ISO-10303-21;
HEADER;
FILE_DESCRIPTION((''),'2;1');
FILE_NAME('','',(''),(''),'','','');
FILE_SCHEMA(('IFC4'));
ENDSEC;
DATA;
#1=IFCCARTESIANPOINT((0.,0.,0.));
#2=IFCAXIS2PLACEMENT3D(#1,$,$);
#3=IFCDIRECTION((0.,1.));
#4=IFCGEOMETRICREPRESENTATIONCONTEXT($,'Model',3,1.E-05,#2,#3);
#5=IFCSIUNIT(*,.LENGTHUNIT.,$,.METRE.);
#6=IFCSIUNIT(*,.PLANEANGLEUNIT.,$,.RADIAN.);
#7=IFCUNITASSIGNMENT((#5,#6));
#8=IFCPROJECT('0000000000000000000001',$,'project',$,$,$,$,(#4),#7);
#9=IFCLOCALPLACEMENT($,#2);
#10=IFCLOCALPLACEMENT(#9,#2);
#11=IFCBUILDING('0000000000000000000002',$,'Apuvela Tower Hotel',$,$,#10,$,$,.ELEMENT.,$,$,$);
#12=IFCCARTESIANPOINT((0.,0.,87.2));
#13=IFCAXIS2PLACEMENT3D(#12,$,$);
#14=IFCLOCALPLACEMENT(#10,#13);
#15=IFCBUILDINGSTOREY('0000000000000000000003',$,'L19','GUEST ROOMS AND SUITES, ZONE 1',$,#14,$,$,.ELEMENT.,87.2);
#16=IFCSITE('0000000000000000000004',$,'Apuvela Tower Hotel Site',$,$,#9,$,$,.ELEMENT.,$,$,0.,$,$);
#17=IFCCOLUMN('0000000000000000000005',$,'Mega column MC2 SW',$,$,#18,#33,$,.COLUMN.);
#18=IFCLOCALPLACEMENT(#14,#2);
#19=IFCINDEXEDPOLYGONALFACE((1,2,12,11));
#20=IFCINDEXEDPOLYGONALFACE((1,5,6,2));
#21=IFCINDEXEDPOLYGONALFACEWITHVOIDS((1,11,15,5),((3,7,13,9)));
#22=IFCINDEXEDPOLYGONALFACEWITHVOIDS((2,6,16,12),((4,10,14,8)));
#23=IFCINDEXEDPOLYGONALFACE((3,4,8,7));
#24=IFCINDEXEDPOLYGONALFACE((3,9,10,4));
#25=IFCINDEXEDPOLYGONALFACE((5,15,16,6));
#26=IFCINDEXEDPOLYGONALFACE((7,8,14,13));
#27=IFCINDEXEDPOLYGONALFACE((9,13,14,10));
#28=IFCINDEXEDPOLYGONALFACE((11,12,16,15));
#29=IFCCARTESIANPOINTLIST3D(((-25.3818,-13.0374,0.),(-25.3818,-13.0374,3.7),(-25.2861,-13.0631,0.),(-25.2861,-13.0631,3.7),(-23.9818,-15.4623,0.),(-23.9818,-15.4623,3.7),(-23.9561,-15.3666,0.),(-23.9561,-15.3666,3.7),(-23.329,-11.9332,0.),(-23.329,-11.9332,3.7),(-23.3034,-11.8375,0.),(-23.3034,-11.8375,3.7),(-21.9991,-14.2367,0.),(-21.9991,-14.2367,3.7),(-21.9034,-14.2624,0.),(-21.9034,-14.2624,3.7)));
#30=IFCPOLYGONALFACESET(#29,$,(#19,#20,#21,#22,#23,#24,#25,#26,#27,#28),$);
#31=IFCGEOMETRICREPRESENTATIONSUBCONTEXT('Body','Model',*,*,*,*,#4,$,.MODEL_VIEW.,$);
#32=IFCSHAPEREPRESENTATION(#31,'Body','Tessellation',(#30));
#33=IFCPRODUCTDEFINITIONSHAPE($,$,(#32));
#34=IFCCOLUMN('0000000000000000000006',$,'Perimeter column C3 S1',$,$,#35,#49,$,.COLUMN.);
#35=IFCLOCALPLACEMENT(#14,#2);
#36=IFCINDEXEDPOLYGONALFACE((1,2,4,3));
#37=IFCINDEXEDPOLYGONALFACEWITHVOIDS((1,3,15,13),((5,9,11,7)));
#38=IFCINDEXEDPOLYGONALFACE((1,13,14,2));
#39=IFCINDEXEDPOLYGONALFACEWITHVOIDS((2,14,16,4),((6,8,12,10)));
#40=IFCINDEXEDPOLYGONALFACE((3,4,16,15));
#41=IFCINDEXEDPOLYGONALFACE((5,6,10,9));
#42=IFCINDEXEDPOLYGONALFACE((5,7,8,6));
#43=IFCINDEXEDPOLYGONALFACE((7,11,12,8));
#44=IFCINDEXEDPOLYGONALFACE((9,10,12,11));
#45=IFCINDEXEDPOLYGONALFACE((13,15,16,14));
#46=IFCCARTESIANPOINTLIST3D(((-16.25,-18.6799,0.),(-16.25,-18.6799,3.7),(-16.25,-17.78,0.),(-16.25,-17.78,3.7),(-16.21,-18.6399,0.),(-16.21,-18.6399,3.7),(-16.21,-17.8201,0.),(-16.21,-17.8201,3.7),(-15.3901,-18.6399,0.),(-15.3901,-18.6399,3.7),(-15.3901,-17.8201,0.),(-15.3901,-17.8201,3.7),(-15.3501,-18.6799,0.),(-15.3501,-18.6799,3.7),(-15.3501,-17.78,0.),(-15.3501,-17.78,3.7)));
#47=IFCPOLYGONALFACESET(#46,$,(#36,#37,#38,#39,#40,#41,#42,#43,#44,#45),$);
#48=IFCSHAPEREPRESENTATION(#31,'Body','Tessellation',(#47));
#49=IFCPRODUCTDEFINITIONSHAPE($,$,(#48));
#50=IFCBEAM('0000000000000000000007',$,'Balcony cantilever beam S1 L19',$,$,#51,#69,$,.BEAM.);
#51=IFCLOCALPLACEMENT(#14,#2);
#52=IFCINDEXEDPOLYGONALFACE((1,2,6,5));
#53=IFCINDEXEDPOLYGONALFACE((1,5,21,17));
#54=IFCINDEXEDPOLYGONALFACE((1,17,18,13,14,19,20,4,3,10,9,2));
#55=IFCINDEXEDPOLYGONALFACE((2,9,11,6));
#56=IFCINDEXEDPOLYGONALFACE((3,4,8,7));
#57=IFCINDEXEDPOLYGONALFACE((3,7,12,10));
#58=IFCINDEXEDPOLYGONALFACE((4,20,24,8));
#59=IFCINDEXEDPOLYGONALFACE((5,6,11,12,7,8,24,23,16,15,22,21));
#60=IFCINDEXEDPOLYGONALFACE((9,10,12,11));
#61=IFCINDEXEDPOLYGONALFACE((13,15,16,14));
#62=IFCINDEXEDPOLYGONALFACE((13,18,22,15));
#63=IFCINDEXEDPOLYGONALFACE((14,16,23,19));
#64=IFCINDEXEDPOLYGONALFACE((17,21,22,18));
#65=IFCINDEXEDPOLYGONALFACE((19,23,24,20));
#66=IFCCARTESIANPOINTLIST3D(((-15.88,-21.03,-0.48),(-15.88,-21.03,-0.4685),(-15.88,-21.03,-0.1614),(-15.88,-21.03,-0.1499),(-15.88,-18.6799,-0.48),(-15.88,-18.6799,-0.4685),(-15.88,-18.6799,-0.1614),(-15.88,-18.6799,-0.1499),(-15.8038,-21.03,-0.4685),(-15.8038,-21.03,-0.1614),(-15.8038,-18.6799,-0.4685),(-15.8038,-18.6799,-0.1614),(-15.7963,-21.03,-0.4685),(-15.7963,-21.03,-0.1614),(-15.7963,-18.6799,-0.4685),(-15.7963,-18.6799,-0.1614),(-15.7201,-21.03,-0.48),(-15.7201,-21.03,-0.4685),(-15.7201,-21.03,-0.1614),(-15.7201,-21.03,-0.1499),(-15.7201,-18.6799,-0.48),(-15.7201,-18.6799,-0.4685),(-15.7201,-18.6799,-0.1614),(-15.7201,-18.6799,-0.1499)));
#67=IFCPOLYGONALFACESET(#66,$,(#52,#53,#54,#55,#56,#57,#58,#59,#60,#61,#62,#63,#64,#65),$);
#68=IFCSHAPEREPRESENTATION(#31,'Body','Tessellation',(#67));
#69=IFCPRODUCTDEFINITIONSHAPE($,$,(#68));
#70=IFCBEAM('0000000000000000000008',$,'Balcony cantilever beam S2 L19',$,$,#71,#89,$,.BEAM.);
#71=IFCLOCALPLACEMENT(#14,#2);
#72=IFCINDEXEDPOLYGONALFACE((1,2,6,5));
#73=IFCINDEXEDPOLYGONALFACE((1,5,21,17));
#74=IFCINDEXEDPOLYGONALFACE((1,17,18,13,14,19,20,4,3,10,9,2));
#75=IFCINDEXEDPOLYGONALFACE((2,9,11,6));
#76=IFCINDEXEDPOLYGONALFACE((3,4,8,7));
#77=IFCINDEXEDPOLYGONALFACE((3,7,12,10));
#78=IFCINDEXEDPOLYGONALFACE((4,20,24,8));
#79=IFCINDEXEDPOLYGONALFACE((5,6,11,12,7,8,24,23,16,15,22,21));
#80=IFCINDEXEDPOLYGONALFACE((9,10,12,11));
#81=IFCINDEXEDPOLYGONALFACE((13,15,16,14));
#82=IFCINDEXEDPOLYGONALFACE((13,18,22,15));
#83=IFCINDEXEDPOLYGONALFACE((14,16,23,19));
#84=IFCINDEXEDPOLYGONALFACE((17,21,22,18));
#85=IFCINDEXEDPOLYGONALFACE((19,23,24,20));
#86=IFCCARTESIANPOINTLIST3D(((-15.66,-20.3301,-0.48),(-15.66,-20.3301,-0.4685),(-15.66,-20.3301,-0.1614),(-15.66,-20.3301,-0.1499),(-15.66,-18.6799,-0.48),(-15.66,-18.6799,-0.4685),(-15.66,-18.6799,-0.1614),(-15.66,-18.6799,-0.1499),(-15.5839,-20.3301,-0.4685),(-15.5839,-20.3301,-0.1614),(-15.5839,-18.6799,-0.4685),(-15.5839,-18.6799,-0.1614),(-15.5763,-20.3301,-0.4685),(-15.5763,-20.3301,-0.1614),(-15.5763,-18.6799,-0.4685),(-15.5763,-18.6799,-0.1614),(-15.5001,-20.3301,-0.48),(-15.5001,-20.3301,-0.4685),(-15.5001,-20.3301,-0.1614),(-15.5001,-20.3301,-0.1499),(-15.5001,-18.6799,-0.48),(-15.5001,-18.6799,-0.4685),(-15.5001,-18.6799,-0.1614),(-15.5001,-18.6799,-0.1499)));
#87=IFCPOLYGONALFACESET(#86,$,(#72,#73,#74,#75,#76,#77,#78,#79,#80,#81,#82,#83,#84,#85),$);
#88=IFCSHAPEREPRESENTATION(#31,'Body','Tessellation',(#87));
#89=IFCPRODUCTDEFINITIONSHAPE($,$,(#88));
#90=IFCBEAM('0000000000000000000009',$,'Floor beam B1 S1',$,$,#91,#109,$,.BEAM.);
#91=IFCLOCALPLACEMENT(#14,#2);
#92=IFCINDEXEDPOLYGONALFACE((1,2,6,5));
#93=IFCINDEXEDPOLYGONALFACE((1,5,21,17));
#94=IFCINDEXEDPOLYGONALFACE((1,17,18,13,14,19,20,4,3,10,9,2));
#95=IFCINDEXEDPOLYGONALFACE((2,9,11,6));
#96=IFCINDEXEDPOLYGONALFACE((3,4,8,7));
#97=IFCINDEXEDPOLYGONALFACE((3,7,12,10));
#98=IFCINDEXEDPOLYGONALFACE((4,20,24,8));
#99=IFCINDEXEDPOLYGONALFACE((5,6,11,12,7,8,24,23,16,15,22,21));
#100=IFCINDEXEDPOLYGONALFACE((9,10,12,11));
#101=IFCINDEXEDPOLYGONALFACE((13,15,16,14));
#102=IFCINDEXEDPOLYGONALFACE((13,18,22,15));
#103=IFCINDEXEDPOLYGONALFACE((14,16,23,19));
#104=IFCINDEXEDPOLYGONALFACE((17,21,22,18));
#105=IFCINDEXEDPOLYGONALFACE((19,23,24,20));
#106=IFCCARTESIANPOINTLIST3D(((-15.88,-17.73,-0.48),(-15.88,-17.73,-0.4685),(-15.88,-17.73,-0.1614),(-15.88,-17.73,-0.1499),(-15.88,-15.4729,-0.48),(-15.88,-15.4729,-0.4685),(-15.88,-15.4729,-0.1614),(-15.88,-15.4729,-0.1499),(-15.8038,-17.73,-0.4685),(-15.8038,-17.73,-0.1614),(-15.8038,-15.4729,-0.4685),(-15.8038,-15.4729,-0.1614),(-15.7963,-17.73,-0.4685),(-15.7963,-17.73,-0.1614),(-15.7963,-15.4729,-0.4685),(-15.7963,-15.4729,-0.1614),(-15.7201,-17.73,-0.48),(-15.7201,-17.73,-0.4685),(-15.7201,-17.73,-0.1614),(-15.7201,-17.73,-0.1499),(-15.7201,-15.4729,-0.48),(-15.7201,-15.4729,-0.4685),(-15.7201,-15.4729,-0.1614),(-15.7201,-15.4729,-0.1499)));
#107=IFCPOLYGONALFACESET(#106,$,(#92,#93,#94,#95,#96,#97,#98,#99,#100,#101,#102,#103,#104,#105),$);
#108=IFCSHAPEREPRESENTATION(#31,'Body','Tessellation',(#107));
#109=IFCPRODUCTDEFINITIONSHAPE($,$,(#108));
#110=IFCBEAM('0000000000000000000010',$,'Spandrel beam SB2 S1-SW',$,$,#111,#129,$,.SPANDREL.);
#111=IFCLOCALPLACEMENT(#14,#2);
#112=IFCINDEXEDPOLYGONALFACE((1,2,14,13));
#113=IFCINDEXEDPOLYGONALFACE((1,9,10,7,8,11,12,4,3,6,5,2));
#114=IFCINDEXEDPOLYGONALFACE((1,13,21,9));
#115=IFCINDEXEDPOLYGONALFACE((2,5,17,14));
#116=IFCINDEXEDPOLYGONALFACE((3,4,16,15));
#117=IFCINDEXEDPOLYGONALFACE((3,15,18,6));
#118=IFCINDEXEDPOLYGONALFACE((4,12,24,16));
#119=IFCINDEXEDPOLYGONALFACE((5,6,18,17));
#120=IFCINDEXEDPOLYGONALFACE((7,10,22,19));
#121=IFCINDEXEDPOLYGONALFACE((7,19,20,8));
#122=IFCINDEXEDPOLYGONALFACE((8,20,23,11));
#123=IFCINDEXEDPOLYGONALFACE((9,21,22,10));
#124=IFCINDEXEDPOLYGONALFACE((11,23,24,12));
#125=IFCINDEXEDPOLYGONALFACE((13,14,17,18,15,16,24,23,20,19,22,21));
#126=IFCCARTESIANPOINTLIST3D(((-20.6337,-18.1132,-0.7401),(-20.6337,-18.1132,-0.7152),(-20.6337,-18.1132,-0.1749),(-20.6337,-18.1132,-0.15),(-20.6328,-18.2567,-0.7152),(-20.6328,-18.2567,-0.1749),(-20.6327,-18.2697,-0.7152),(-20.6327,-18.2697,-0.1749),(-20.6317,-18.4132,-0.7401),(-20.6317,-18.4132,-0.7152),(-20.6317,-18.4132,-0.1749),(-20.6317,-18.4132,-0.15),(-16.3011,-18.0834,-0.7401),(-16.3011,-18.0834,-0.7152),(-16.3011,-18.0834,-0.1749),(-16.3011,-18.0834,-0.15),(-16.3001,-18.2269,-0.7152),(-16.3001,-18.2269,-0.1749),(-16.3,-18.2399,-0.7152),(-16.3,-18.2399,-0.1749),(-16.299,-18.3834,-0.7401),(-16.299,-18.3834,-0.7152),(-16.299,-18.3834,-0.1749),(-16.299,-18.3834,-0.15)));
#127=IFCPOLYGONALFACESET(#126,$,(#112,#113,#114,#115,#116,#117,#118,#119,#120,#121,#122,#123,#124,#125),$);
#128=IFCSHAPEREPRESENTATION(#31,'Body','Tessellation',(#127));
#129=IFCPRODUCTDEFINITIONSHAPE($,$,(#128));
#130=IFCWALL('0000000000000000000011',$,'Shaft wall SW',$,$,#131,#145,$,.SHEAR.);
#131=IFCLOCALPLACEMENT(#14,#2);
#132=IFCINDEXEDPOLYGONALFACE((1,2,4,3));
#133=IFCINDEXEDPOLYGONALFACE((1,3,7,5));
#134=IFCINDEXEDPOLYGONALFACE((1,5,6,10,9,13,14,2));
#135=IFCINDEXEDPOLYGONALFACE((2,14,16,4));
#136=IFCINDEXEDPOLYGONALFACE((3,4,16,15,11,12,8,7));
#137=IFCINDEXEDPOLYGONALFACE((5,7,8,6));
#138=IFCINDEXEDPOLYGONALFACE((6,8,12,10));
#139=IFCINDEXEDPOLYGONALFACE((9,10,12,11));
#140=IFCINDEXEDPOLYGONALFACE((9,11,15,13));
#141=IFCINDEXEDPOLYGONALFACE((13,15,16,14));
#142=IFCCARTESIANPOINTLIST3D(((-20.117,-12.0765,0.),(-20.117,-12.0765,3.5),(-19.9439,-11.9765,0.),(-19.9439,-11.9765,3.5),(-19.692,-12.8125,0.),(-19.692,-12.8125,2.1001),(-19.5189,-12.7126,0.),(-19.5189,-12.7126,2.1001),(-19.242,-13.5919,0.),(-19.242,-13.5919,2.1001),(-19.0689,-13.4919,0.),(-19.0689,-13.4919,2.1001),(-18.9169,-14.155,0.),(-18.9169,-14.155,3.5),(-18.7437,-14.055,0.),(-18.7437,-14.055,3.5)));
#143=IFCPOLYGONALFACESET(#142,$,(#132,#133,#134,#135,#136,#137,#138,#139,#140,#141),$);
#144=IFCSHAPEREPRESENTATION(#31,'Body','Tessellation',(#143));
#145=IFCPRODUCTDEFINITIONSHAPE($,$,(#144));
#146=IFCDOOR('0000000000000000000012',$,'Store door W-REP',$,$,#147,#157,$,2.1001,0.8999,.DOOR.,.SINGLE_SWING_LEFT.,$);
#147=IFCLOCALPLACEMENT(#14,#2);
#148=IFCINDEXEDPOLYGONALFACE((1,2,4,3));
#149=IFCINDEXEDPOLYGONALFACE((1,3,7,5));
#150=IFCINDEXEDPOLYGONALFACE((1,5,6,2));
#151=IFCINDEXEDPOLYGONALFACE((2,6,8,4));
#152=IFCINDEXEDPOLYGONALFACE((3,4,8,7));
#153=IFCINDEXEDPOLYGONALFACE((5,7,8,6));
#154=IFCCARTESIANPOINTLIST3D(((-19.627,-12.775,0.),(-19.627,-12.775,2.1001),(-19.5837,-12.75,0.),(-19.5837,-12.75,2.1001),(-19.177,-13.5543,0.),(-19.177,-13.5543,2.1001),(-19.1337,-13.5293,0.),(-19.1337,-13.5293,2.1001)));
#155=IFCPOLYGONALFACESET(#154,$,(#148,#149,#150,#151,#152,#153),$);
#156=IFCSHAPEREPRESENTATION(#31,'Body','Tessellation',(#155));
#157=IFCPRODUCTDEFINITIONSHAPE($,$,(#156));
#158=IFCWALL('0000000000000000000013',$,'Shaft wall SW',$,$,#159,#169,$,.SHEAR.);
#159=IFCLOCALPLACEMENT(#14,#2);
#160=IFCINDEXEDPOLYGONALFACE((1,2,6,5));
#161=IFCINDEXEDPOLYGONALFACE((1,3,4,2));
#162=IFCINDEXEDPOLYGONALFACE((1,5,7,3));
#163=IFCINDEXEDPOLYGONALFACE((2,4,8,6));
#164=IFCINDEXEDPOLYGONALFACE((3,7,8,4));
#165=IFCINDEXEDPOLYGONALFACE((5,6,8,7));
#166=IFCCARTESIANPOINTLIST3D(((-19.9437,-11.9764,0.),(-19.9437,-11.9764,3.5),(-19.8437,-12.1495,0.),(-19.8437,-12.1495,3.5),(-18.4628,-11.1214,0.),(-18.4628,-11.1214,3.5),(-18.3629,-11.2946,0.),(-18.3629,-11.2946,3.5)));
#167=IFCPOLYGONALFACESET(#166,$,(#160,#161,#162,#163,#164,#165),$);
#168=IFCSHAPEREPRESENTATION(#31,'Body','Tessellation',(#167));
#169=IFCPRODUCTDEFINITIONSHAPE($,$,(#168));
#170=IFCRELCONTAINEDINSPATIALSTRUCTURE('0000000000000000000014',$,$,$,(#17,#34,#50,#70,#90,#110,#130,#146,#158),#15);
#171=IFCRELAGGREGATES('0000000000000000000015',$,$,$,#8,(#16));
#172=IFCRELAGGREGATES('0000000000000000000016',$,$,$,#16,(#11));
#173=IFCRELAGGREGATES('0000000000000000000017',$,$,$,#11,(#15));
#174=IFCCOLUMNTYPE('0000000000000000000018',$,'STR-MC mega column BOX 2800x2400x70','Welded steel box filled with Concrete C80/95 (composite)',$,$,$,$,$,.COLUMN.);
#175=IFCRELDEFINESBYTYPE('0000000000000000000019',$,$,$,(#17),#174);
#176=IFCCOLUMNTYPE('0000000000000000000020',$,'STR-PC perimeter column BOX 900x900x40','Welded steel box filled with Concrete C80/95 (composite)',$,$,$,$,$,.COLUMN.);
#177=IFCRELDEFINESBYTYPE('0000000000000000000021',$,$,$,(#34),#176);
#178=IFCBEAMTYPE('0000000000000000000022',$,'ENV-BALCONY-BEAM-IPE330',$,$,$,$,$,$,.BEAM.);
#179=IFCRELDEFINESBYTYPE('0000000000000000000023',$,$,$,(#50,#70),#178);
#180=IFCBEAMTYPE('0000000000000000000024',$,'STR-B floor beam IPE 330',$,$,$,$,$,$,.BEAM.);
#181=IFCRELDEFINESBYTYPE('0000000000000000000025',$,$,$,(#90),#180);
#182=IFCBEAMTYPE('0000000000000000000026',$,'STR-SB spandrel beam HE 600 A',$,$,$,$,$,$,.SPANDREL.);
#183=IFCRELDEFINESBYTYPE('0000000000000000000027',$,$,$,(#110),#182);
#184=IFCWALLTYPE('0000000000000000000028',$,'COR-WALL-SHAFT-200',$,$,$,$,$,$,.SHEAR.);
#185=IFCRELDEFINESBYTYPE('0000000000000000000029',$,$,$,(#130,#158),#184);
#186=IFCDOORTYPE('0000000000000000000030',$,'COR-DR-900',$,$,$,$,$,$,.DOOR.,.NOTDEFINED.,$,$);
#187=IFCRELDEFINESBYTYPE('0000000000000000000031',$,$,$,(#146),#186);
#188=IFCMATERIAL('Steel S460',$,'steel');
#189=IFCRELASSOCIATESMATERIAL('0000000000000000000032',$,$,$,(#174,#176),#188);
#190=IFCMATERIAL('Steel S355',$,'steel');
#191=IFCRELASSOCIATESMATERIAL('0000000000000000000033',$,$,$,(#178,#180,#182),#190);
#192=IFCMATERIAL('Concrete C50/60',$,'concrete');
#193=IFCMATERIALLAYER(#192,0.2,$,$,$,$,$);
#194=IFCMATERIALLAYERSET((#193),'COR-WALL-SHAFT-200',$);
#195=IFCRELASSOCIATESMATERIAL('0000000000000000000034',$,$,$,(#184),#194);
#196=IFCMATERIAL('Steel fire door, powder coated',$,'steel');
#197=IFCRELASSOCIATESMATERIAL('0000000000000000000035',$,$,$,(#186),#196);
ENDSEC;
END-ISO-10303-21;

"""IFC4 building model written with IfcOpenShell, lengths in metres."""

from ifc_helpers import new_model, si_unit, direction, frame, frame_2d, origin, origin_2d, place, context, subcontext, project, spatial, rectangle, hollow_rectangle, i_section, extrude, material, layer, layer_set, material_profile, profile_set, type_object, element, fill, save


model = new_model("IFC4")

# Units and contexts
model_context = context("Model", 3, precision=1e-05, world=origin(), true_north=direction((0.0, 1.0)))
body_context = subcontext(model_context, "Body", "Model", "MODEL_VIEW")
ifc_project = project(units=[si_unit("LENGTHUNIT", "METRE"), si_unit("PLANEANGLEUNIT", "RADIAN")], contexts=[model_context])

# Site, building, storey
site_placement = place(None, origin())
site = spatial("IfcSite", under=ifc_project, at=site_placement, Name="Apuvela Tower Hotel Site", CompositionType="ELEMENT", RefElevation=0.0)
building_placement = place(site_placement, origin())
building = spatial("IfcBuilding", under=site, at=building_placement, Name="Apuvela Tower Hotel", CompositionType="ELEMENT")
storey_placement = place(building_placement, frame((0.0, 0.0, 87.2)))
storey = spatial("IfcBuildingStorey", under=building, at=storey_placement, Name="L19", Description="GUEST ROOMS AND SUITES, ZONE 1", CompositionType="ELEMENT", Elevation=87.2)

# Columns
ifc_material_1 = material(Name="Steel S460", Category="steel")
ifc_material_profile_1 = material_profile(ifc_material_1, hollow_rectangle(XDim=2.8, YDim=2.3999, WallThickness=0.0701, at=origin_2d()), Name="BOX 2800x2400x70")
ifc_material_2 = material(Name="Concrete C80/95", Category="concrete")
ifc_material_profile_2 = material_profile(ifc_material_2, rectangle(XDim=2.6599, YDim=2.26, at=origin_2d()), Name="Concrete C80/95 infill")
ifc_profile_set_1 = profile_set([ifc_material_profile_1, ifc_material_profile_2], Name="Steel S460")
column_type_1 = type_object("IfcColumnType", Name="STR-MC mega column BOX 2800x2400x70", Description="Welded steel box filled with Concrete C80/95 (composite)", PredefinedType="COLUMN", material=ifc_profile_set_1)
column_1_placement = place(storey_placement, frame((-23.6426, -13.6499, 0.0), z_axis=(0.0, 0.0, 1.0), x_axis=(-0.5, 0.866025, 0.0)))
element("IfcColumn", 1, at=column_1_placement, inside=storey, type_object=column_type_1, Name="Mega column MC2 SW", PredefinedType="COLUMN", context=body_context, shape_type="SweptSolid", body=[
    extrude(hollow_rectangle(XDim=2.8, YDim=2.3999, WallThickness=0.0701, at=origin_2d()), origin(), (0.0, 0.0, 1.0), 3.7),
])
ifc_material_profile_3 = material_profile(ifc_material_1, hollow_rectangle(XDim=0.8999, YDim=0.8999, WallThickness=0.04, at=origin_2d()), Name="BOX 900x900x40")
ifc_material_profile_4 = material_profile(ifc_material_2, rectangle(XDim=0.8201, YDim=0.8201, at=origin_2d()), Name="Concrete C80/95 infill")
ifc_profile_set_2 = profile_set([ifc_material_profile_3, ifc_material_profile_4], Name="Steel S460")
column_type_2 = type_object("IfcColumnType", Name="STR-PC perimeter column BOX 900x900x40", Description="Welded steel box filled with Concrete C80/95 (composite)", PredefinedType="COLUMN", material=ifc_profile_set_2)
column_2_placement = place(storey_placement, frame((-15.8, -18.23, 0.0), z_axis=(0.0, 0.0, 1.0), x_axis=(-1.0, 0.0, 0.0)))
element("IfcColumn", 2, at=column_2_placement, inside=storey, type_object=column_type_2, Name="Perimeter column C3 S1", PredefinedType="COLUMN", context=body_context, shape_type="SweptSolid", body=[
    extrude(hollow_rectangle(XDim=0.8999, YDim=0.8999, WallThickness=0.04, at=origin_2d()), origin(), (0.0, 0.0, 1.0), 3.7),
])

# Beams
ifc_material_3 = material(Name="Steel S355", Category="steel")
ifc_material_profile_5 = material_profile(ifc_material_3, i_section(OverallWidth=0.1599, OverallDepth=0.3301, WebThickness=0.0076, FlangeThickness=0.0115, at=origin_2d()), Name="IPE 330")
ifc_profile_set_3 = profile_set([ifc_material_profile_5], Name="Steel S355")
beam_type_1 = type_object("IfcBeamType", Name="ENV-BALCONY-BEAM-IPE330", PredefinedType="BEAM", material=ifc_profile_set_3)
beam_1_placement = place(storey_placement, frame((-15.8, -18.6799, -0.3149), z_axis=(0.0, -1.0, 0.0), x_axis=(1.0, 0.0, 0.0)))
element("IfcBeam", 3, at=beam_1_placement, inside=storey, type_object=beam_type_1, Name="Balcony cantilever beam S1 L19", PredefinedType="BEAM", context=body_context, shape_type="SweptSolid", body=[
    extrude(i_section(OverallWidth=0.1599, OverallDepth=0.3301, WebThickness=0.0076, FlangeThickness=0.0115, at=origin_2d()), origin(), (0.0, 0.0, 1.0), 2.3501),
])
beam_2_placement = place(storey_placement, frame((-15.5801, -18.6799, -0.3149), z_axis=(0.0, -1.0, 0.0), x_axis=(1.0, 0.0, 0.0)))
element("IfcBeam", 4, at=beam_2_placement, inside=storey, type_object=beam_type_1, Name="Balcony cantilever beam S2 L19", PredefinedType="BEAM", context=body_context, shape_type="SweptSolid", body=[
    extrude(i_section(OverallWidth=0.1599, OverallDepth=0.3301, WebThickness=0.0076, FlangeThickness=0.0115, at=origin_2d()), origin(), (0.0, 0.0, 1.0), 1.6501),
])
ifc_material_profile_6 = material_profile(ifc_material_3, i_section(OverallWidth=0.1599, OverallDepth=0.3301, WebThickness=0.0076, FlangeThickness=0.0115, at=origin_2d()), Name="IPE 330")
ifc_profile_set_4 = profile_set([ifc_material_profile_6], Name="Steel S355")
beam_type_2 = type_object("IfcBeamType", Name="STR-B floor beam IPE 330", PredefinedType="BEAM", material=ifc_profile_set_4)
beam_3_placement = place(storey_placement, frame((-15.8, -17.73, -0.3149), z_axis=(0.0, 1.0, 0.0), x_axis=(-1.0, 0.0, 0.0)))
element("IfcBeam", 5, at=beam_3_placement, inside=storey, type_object=beam_type_2, Name="Floor beam B1 S1", PredefinedType="BEAM", context=body_context, shape_type="SweptSolid", body=[
    extrude(i_section(OverallWidth=0.1599, OverallDepth=0.3301, WebThickness=0.0076, FlangeThickness=0.0115, at=origin_2d()), origin(), (0.0, 0.0, 1.0), 2.2571),
])
ifc_material_profile_7 = material_profile(ifc_material_3, i_section(OverallWidth=0.3, OverallDepth=0.5901, WebThickness=0.0129, FlangeThickness=0.0249, at=origin_2d()), Name="HE 600 A")
ifc_profile_set_5 = profile_set([ifc_material_profile_7], Name="Steel S355")
beam_type_3 = type_object("IfcBeamType", Name="STR-SB spandrel beam HE 600 A", PredefinedType="SPANDREL", material=ifc_profile_set_5)
beam_4_placement = place(storey_placement, frame((-16.3, -18.2334, -0.4451), z_axis=(-0.999976, -0.006874, 0.0), x_axis=(0.006874, -0.999976, 0.0)))
element("IfcBeam", 6, at=beam_4_placement, inside=storey, type_object=beam_type_3, Name="Spandrel beam SB2 S1-SW", PredefinedType="SPANDREL", context=body_context, shape_type="SweptSolid", body=[
    extrude(i_section(OverallWidth=0.3, OverallDepth=0.5901, WebThickness=0.0129, FlangeThickness=0.0249, at=origin_2d()), origin(), (0.0, 0.0, 1.0), 4.3328),
])

# Wall, opening, door
ifc_material_4 = material(Name="Concrete C50/60", Category="concrete")
ifc_layer_1 = layer(ifc_material_4, 0.2)
ifc_layer_set_1 = layer_set([ifc_layer_1], Name="COR-WALL-SHAFT-200")
wall_type_1 = type_object("IfcWallType", Name="COR-WALL-SHAFT-200", PredefinedType="SHEAR", material=ifc_layer_set_1)
wall_1_placement = place(storey_placement, frame((-20.0305, -12.0264, 0.0), z_axis=(0.0, 0.0, 1.0), x_axis=(0.500034, -0.866006, 0.0)))
wall_1 = element("IfcWall", 7, at=wall_1_placement, inside=storey, type_object=wall_type_1, Name="Shaft wall SW", PredefinedType="SHEAR", context=body_context, shape_type="SweptSolid", body=[
    extrude(rectangle(XDim=2.4001, YDim=0.2, at=frame_2d((1.2002, 0.0))), origin(), (0.0, 0.0, 1.0), 3.5),
])
opening_1_placement = place(wall_1_placement, frame((0.8501, 0.0, 0.0)))
opening_1 = element("IfcOpeningElement", 8, at=opening_1_placement, cuts=wall_1, PredefinedType="OPENING", context=body_context, shape_type="SweptSolid", body=[
    extrude(rectangle(XDim=0.8999, YDim=2.1001, at=frame_2d((0.45, 1.05))), frame((0.0, 0.1099, 0.0), z_axis=(0.0, -1.0, 0.0), x_axis=(1.0, 0.0, 0.0)), (0.0, 0.0, 1.0), 0.22),
])
ifc_material_5 = material(Name="Steel fire door, powder coated", Category="steel")
door_type_1 = type_object("IfcDoorType", Name="COR-DR-900", OperationType="NOTDEFINED", PredefinedType="DOOR", material=ifc_material_5)
door_1_placement = place(opening_1_placement, frame((0.8999, 0.0, 0.0), z_axis=(0.0, 0.0, 1.0), x_axis=(-1.0, 0.0, 0.0)))
door_1 = element("IfcDoor", 9, at=door_1_placement, inside=storey, type_object=door_type_1, Name="Store door W-REP", OperationType="SINGLE_SWING_LEFT", OverallHeight=2.1001, OverallWidth=0.8999, PredefinedType="DOOR", context=body_context, shape_type="SweptSolid", body=[
    extrude(rectangle(XDim=0.8999, YDim=2.1001, at=frame_2d((0.45, 1.05))), frame((0.0, 0.0249, 0.0), z_axis=(0.0, -1.0, 0.0), x_axis=(1.0, 0.0, 0.0)), (0.0, 0.0, 1.0), 0.05),
])
fill(opening_1, door_1)

# Wall
wall_2_placement = place(storey_placement, frame((-18.4128, -11.208, 0.0), z_axis=(0.0, 0.0, 1.0), x_axis=(-0.866038, -0.499978, 0.0)))
element("IfcWall", 10, at=wall_2_placement, inside=storey, type_object=wall_type_1, Name="Shaft wall SW", PredefinedType="SHEAR", context=body_context, shape_type="SweptSolid", body=[
    extrude(rectangle(XDim=1.71, YDim=0.2, at=frame_2d((0.855, 0.0))), origin(), (0.0, 0.0, 1.0), 3.5),
])

save(model, "model.ifc")
